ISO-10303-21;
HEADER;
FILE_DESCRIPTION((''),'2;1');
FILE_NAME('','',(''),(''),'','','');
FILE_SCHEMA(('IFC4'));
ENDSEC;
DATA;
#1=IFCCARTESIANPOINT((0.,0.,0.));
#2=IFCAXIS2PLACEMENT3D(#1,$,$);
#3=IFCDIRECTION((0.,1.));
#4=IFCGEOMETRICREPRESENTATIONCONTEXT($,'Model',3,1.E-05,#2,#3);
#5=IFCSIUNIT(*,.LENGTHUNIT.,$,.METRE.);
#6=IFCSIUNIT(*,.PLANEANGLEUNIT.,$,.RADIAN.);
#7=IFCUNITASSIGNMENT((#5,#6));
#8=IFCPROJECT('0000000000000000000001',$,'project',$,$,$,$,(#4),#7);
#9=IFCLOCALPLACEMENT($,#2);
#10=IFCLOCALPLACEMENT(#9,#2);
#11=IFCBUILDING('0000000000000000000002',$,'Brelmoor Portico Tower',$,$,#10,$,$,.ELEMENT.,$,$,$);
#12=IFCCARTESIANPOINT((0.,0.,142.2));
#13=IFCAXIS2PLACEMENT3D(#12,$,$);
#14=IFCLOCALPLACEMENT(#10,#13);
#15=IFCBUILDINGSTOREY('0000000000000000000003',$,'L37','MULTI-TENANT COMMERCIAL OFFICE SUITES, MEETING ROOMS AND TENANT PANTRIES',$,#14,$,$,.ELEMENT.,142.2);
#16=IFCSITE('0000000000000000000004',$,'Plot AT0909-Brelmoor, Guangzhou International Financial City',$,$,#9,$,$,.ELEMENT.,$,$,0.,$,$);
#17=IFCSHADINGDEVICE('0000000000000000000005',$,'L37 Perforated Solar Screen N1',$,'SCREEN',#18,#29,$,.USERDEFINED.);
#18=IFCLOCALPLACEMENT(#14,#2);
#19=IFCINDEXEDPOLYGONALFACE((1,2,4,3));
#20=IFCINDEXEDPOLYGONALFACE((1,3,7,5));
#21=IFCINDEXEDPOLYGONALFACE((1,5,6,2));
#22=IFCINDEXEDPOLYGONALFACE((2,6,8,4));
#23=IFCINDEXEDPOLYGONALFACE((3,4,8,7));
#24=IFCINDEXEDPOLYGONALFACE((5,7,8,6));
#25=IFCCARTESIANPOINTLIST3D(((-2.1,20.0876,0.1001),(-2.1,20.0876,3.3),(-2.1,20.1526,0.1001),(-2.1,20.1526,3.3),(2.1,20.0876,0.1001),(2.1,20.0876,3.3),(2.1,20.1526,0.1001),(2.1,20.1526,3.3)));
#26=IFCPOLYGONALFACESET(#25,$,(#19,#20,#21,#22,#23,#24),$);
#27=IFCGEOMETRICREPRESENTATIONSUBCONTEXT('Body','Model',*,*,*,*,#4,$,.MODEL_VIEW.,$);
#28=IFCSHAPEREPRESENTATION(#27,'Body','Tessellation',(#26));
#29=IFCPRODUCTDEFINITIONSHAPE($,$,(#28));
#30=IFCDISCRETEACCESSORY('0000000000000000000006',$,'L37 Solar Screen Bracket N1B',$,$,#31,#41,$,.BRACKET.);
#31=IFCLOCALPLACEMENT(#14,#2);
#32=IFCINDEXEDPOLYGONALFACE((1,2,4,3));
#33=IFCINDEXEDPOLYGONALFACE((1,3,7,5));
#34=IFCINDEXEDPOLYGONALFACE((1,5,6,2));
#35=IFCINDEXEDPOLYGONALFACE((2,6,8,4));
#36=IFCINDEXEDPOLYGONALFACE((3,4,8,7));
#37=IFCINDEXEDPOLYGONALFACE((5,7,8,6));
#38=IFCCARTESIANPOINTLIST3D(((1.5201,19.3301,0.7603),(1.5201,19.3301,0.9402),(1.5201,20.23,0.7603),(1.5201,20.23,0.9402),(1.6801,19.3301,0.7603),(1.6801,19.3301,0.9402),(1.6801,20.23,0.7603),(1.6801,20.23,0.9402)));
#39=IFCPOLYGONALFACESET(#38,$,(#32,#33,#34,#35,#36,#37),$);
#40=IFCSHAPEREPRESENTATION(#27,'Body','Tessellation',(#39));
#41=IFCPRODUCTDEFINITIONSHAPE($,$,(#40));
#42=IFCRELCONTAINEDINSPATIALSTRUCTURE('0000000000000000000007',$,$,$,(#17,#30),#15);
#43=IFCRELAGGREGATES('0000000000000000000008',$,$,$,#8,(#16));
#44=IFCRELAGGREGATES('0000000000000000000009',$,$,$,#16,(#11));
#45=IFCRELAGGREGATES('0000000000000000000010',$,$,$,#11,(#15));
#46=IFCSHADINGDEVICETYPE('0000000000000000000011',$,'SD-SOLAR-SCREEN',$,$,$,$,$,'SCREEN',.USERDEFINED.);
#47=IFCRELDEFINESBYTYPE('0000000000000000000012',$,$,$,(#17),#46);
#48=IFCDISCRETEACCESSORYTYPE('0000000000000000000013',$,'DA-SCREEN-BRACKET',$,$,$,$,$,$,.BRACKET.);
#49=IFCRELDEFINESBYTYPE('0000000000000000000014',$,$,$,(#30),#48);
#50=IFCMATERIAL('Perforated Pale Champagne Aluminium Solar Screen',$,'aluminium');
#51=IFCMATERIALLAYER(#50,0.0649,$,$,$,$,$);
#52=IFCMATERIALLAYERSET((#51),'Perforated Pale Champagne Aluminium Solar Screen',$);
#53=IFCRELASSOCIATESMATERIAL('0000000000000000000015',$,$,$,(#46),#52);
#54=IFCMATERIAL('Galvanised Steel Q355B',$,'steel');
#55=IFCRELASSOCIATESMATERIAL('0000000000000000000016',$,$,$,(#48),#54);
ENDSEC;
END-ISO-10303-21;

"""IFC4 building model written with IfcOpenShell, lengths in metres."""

from ifc_helpers import new_model, si_unit, direction, frame, origin, origin_2d, place, context, subcontext, project, spatial, rectangle, extrude, material, layer, layer_set, type_object, element, save


model = new_model("IFC4")

# Units and contexts
model_context = context("Model", 3, precision=1e-05, world=origin(), true_north=direction((0.0, 1.0)))
body_context = subcontext(model_context, "Body", "Model", "MODEL_VIEW")
ifc_project = project(units=[si_unit("LENGTHUNIT", "METRE"), si_unit("PLANEANGLEUNIT", "RADIAN")], contexts=[model_context])

# Site, building, storey
site_placement = place(None, origin())
site = spatial("IfcSite", under=ifc_project, at=site_placement, Name="Plot AT0909-Brelmoor, Guangzhou International Financial City", CompositionType="ELEMENT", RefElevation=0.0)
building_placement = place(site_placement, origin())
building = spatial("IfcBuilding", under=site, at=building_placement, Name="Brelmoor Portico Tower", CompositionType="ELEMENT")
storey_placement = place(building_placement, frame((0.0, 0.0, 142.2)))
storey = spatial("IfcBuildingStorey", under=building, at=storey_placement, Name="L37", Description="MULTI-TENANT COMMERCIAL OFFICE SUITES, MEETING ROOMS AND TENANT PANTRIES", CompositionType="ELEMENT", Elevation=142.2)

# Shading device
ifc_material_1 = material(Name="Perforated Pale Champagne Aluminium Solar Screen", Category="aluminium")
ifc_layer_1 = layer(ifc_material_1, 0.0649)
ifc_layer_set_1 = layer_set([ifc_layer_1], Name="Perforated Pale Champagne Aluminium Solar Screen")
shading_device_type = type_object("IfcShadingDeviceType", Name="SD-SOLAR-SCREEN", ElementType="SCREEN", PredefinedType="USERDEFINED", material=ifc_layer_set_1)
shading_device_placement = place(storey_placement, frame((0.0, 20.1201, 0.1001), z_axis=(0.0, 0.0, 1.0), x_axis=(1.0, 0.0, 0.0)))
element("IfcShadingDevice", 1, at=shading_device_placement, inside=storey, type_object=shading_device_type, Name="L37 Perforated Solar Screen N1", ObjectType="SCREEN", PredefinedType="USERDEFINED", context=body_context, shape_type="SweptSolid", body=[
    extrude(rectangle(XDim=4.2, YDim=0.0649, at=origin_2d()), origin(), (0.0, 0.0, 1.0), 3.2),
])

# Discrete accessory
ifc_material_2 = material(Name="Galvanised Steel Q355B", Category="steel")
discrete_accessory_type = type_object("IfcDiscreteAccessoryType", Name="DA-SCREEN-BRACKET", PredefinedType="BRACKET", material=ifc_material_2)
discrete_accessory_placement = place(storey_placement, frame((1.6001, 19.78, 0.7603), z_axis=(0.0, 0.0, 1.0), x_axis=(1.0, 0.0, 0.0)))
element("IfcDiscreteAccessory", 2, at=discrete_accessory_placement, inside=storey, type_object=discrete_accessory_type, Name="L37 Solar Screen Bracket N1B", PredefinedType="BRACKET", context=body_context, shape_type="SweptSolid", body=[
    extrude(rectangle(XDim=0.1599, YDim=0.8999, at=origin_2d()), origin(), (0.0, 0.0, 1.0), 0.1799),
])

save(model, "model.ifc")
